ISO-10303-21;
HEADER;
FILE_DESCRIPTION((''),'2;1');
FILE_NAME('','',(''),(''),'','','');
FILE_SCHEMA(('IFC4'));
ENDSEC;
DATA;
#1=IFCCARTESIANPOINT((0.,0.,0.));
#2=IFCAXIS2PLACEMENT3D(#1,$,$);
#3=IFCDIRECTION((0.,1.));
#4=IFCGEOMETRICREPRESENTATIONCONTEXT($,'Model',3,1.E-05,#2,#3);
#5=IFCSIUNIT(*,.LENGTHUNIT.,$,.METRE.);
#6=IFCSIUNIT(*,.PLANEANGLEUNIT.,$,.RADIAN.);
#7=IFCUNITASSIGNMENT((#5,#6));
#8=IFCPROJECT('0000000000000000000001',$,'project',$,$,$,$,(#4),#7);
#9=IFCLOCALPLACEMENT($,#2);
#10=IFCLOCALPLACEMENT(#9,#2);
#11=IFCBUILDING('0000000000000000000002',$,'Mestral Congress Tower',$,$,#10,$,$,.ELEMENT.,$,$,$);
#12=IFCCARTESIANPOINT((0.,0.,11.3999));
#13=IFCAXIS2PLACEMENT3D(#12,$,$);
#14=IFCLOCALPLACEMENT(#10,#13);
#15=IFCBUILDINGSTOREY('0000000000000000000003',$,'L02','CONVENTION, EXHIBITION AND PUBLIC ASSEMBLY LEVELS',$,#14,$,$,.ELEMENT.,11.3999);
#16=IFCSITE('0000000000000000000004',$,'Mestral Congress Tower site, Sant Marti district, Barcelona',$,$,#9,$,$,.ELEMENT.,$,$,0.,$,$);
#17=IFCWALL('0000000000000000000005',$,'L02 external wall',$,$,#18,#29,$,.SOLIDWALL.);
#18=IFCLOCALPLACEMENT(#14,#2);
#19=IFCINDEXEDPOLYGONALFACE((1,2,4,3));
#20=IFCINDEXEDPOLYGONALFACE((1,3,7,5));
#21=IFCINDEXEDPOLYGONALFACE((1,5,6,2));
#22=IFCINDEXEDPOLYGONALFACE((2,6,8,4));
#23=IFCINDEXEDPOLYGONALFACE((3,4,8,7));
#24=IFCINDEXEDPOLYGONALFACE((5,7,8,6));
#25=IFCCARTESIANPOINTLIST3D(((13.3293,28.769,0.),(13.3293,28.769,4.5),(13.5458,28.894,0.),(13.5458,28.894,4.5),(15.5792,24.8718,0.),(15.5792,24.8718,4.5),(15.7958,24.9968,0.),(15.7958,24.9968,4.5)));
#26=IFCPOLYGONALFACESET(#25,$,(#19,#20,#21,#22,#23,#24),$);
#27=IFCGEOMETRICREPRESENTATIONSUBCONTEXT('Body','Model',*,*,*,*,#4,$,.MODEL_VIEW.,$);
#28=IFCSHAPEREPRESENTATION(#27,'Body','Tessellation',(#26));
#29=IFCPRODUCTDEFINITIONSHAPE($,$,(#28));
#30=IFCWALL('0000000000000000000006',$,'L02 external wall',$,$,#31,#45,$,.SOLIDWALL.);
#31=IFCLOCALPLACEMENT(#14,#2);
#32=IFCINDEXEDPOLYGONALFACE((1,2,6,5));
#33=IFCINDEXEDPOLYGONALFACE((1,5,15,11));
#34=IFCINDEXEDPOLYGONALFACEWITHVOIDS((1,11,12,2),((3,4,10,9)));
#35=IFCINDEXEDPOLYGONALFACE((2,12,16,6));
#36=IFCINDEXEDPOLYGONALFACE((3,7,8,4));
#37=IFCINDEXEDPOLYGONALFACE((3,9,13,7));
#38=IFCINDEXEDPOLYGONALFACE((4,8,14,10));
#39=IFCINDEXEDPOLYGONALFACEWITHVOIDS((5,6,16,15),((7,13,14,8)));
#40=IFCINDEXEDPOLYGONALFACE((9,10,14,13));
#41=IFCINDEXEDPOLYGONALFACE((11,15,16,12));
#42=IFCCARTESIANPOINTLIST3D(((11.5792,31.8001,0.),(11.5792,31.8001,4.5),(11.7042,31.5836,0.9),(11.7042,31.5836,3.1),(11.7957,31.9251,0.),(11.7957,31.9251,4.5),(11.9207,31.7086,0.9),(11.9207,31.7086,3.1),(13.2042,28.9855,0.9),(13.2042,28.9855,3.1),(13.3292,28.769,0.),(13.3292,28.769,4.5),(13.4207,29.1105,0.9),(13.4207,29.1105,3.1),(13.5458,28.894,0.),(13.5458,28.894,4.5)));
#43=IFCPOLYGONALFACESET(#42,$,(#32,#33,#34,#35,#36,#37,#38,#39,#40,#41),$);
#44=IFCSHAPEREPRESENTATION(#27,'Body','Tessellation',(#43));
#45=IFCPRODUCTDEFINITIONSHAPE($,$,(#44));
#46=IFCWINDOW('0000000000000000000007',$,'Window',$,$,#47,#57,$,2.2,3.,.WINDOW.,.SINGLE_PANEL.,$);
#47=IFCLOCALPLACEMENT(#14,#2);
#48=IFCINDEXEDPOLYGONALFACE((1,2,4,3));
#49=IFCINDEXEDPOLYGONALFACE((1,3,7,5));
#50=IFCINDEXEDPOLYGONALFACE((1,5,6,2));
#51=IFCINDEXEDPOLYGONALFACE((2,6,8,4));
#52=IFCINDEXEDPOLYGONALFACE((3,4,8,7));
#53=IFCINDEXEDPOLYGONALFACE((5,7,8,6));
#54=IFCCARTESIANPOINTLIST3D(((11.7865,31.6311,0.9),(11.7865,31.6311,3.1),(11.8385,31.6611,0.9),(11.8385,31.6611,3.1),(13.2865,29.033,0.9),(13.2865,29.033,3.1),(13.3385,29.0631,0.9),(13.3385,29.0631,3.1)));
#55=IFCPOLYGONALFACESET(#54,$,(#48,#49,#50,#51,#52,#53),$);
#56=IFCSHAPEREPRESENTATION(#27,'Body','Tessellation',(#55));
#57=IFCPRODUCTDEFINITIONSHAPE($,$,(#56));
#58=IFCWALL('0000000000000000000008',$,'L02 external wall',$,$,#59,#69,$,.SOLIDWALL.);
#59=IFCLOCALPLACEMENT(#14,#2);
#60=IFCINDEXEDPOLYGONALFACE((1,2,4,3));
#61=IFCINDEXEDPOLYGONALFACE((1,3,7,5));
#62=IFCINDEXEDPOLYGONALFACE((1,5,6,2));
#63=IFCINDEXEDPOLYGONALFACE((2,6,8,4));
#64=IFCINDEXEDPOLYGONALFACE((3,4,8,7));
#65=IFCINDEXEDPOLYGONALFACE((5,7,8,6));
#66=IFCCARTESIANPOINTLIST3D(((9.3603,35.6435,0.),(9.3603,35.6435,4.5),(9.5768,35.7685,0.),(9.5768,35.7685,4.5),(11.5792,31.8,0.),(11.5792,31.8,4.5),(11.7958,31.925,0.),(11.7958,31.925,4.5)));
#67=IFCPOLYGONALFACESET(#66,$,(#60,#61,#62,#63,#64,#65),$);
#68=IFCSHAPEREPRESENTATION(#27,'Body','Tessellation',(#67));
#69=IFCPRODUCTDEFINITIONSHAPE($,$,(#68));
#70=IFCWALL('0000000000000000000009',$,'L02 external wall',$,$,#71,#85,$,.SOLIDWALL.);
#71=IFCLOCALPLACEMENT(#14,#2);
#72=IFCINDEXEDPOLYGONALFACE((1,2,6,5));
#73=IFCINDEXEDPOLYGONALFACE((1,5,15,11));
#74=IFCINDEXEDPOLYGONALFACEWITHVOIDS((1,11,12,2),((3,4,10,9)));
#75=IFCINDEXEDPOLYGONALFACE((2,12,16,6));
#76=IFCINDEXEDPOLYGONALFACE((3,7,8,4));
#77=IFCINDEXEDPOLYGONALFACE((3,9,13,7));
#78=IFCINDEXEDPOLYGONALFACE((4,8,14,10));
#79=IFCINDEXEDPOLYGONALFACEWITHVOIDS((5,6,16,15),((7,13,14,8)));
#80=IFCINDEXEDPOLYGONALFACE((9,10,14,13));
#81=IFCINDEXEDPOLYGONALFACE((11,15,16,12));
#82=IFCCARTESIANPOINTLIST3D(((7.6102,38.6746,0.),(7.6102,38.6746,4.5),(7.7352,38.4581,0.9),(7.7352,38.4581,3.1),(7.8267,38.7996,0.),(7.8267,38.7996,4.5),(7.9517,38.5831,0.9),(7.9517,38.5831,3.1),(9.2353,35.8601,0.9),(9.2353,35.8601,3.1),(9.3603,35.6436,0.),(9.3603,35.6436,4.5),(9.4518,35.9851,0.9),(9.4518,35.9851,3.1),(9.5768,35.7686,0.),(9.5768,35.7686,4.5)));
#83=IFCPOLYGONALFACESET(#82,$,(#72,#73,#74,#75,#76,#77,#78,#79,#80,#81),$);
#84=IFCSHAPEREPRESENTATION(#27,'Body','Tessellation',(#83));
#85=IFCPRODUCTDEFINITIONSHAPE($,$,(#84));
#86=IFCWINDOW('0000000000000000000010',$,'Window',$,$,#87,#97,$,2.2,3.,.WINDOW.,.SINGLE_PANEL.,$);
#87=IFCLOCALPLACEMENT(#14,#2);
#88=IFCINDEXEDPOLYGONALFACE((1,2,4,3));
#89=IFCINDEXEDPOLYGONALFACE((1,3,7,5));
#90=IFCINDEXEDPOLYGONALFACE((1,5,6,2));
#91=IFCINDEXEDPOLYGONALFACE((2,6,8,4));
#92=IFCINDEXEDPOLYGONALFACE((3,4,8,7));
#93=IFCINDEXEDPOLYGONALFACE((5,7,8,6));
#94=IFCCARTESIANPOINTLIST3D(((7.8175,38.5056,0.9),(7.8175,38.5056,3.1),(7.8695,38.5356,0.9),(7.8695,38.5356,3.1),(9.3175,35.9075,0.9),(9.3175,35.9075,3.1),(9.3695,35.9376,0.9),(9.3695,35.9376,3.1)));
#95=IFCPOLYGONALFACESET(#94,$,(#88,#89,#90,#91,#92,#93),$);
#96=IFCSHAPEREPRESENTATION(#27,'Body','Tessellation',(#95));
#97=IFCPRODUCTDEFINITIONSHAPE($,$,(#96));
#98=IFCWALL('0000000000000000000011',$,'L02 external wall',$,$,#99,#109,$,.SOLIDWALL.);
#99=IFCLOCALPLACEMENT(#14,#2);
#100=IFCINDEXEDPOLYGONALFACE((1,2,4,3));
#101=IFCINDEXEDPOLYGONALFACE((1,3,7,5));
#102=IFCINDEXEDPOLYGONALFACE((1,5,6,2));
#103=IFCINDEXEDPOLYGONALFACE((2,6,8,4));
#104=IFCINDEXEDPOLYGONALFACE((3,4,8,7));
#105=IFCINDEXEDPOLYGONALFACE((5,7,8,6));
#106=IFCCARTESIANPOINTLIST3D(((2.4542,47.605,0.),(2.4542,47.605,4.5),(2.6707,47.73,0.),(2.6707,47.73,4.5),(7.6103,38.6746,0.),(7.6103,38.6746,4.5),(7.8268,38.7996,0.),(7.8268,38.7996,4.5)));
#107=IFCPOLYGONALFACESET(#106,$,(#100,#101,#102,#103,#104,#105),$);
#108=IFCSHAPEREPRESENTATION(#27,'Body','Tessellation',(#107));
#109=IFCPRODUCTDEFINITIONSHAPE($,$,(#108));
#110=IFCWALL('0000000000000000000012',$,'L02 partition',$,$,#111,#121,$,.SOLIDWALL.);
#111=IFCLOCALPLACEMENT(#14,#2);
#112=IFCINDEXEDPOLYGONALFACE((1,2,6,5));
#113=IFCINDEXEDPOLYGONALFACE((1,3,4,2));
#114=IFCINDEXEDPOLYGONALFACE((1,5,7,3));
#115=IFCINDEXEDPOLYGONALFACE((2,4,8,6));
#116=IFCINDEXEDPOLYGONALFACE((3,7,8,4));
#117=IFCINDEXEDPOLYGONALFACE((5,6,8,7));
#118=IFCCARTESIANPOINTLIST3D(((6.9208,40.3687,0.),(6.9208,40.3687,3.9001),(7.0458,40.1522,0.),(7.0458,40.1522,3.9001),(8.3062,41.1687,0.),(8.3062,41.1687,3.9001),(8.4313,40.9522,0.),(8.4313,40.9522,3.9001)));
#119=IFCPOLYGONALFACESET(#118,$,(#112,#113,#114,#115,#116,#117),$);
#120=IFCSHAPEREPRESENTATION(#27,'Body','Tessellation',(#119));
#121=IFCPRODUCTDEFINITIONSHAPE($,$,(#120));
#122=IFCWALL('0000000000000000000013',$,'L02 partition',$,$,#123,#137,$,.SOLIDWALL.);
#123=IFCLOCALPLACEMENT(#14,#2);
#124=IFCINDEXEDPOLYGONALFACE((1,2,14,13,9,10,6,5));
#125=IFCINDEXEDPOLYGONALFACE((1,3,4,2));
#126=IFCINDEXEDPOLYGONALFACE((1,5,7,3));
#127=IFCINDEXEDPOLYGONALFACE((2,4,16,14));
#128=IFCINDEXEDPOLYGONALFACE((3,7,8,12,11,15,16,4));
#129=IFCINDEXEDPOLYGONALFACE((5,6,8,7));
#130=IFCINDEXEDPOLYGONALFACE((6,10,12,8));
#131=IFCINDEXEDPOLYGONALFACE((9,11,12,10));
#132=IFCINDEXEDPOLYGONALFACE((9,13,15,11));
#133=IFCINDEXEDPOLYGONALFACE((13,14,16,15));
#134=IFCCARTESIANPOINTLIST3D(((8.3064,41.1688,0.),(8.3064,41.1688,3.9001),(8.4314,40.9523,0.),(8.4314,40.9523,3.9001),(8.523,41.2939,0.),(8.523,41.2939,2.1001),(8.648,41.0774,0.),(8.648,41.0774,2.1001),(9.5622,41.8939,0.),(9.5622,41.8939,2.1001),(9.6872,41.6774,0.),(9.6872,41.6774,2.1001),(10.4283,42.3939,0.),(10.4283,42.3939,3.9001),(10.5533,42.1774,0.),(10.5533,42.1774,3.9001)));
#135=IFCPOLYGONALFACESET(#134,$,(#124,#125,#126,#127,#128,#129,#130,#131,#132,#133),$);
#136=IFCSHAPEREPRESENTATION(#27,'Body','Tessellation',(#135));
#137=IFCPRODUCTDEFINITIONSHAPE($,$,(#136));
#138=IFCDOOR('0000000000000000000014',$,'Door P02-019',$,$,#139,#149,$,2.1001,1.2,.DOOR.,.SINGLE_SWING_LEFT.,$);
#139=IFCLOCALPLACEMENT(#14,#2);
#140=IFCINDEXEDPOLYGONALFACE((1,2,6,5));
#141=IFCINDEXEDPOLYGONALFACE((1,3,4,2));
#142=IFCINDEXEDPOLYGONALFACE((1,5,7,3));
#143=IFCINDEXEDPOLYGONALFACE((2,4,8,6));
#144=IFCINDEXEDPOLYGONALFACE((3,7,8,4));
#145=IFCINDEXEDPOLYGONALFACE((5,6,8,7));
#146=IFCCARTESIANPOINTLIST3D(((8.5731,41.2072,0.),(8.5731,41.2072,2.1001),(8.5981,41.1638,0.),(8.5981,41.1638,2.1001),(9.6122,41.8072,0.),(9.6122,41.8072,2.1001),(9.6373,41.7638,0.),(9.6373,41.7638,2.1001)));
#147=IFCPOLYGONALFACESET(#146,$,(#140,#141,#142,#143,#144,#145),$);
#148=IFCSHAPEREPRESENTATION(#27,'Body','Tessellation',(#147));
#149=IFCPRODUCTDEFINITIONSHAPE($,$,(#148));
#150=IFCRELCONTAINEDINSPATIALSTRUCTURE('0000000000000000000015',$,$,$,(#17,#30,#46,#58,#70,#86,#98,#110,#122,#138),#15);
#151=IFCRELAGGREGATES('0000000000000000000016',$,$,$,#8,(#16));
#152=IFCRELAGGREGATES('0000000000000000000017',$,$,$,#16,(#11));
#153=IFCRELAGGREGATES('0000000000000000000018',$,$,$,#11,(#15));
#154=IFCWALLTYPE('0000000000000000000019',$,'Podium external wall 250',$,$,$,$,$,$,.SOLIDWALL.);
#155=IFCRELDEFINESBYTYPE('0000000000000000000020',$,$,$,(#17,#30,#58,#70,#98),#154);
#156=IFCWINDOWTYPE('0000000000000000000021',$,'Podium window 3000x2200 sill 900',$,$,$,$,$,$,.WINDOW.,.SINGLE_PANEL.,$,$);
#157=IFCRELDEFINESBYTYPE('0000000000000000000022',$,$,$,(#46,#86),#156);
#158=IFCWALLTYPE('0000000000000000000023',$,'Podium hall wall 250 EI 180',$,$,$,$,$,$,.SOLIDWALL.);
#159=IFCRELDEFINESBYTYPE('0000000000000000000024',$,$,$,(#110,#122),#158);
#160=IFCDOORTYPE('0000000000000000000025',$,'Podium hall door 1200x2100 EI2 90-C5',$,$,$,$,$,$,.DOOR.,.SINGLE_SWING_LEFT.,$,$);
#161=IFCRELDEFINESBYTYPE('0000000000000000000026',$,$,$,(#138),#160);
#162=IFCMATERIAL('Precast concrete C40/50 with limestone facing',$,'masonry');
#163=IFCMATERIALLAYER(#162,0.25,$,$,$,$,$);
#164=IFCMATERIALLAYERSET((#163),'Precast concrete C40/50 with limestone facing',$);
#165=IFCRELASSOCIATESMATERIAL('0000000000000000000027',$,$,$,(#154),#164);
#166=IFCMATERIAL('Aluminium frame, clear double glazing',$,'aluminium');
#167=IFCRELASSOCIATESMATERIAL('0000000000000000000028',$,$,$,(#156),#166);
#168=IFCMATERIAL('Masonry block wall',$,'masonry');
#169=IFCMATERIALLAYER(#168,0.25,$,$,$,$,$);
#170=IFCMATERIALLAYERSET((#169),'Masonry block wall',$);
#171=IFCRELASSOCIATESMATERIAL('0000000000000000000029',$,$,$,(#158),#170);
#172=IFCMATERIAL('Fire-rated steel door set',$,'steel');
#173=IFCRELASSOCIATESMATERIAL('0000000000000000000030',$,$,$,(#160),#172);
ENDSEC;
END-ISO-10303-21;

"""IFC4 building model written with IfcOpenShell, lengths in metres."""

from ifc_helpers import new_model, si_unit, direction, frame, frame_2d, origin, place, context, subcontext, project, spatial, rectangle, extrude, material, layer, layer_set, type_object, element, fill, save


model = new_model("IFC4")

# Units and contexts
model_context = context("Model", 3, precision=1e-05, world=origin(), true_north=direction((0.0, 1.0)))
body_context = subcontext(model_context, "Body", "Model", "MODEL_VIEW")
ifc_project = project(units=[si_unit("LENGTHUNIT", "METRE"), si_unit("PLANEANGLEUNIT", "RADIAN")], contexts=[model_context])

# Site, building, storey
site_placement = place(None, origin())
site = spatial("IfcSite", under=ifc_project, at=site_placement, Name="Mestral Congress Tower site, Sant Marti district, Barcelona", CompositionType="ELEMENT", RefElevation=0.0)
building_placement = place(site_placement, origin())
building = spatial("IfcBuilding", under=site, at=building_placement, Name="Mestral Congress Tower", CompositionType="ELEMENT")
storey_placement = place(building_placement, frame((0.0, 0.0, 11.3999)))
storey = spatial("IfcBuildingStorey", under=building, at=storey_placement, Name="L02", Description="CONVENTION, EXHIBITION AND PUBLIC ASSEMBLY LEVELS", CompositionType="ELEMENT", Elevation=11.3999)

# Shared definitions
ifc_material_1 = material(Name="Precast concrete C40/50 with limestone facing", Category="masonry")
ifc_layer_1 = layer(ifc_material_1, 0.25)
ifc_layer_set_1 = layer_set([ifc_layer_1], Name="Precast concrete C40/50 with limestone facing")
wall_type_1 = type_object("IfcWallType", Name="Podium external wall 250", PredefinedType="SOLIDWALL", material=ifc_layer_set_1)

# Shared definitions
ifc_material_2 = material(Name="Aluminium frame, clear double glazing", Category="aluminium")
window_type = type_object("IfcWindowType", Name="Podium window 3000x2200 sill 900", PartitioningType="SINGLE_PANEL", PredefinedType="WINDOW", material=ifc_material_2)

# Wall
wall_1_placement = place(storey_placement, frame((15.6875, 24.9343, 0.0), z_axis=(0.0, 0.0, 1.0), x_axis=(-0.49999, 0.866031, 0.0)))
element("IfcWall", 1, at=wall_1_placement, inside=storey, type_object=wall_type_1, Name="L02 external wall", PredefinedType="SOLIDWALL", context=body_context, shape_type="SweptSolid", body=[
    extrude(rectangle(XDim=4.5, YDim=0.25, at=frame_2d((2.25, 0.0))), origin(), (0.0, 0.0, 1.0), 4.5),
])

# Wall, opening, window
wall_2_placement = place(storey_placement, frame((13.4375, 28.8315, 0.0), z_axis=(0.0, 0.0, 1.0), x_axis=(-0.50001, 0.866019, 0.0)))
wall_2 = element("IfcWall", 2, at=wall_2_placement, inside=storey, type_object=wall_type_1, Name="L02 external wall", PredefinedType="SOLIDWALL", context=body_context, shape_type="SweptSolid", body=[
    extrude(rectangle(XDim=3.5, YDim=0.25, at=frame_2d((1.75, 0.0))), origin(), (0.0, 0.0, 1.0), 4.5),
])
opening_1_placement = place(wall_2_placement, frame((0.25, 0.0, 0.8999)))
opening_1 = element("IfcOpeningElement", 3, at=opening_1_placement, cuts=wall_2, PredefinedType="OPENING", context=body_context, shape_type="SweptSolid", body=[
    extrude(rectangle(XDim=3.0, YDim=2.2, at=frame_2d((1.5, 1.1001))), frame((0.0, 0.135, 0.0), z_axis=(0.0, -1.0, 0.0), x_axis=(1.0, 0.0, 0.0)), (0.0, 0.0, 1.0), 0.27),
])
window_1_placement = place(opening_1_placement, origin())
window_1 = element("IfcWindow", 4, at=window_1_placement, inside=storey, type_object=window_type, Name="Window", OverallHeight=2.2, OverallWidth=3.0, PartitioningType="SINGLE_PANEL", PredefinedType="WINDOW", context=body_context, shape_type="SweptSolid", body=[
    extrude(rectangle(XDim=3.0, YDim=2.2, at=frame_2d((1.5, 1.1001))), frame((0.0, 0.03, 0.0), z_axis=(0.0, -1.0, 0.0), x_axis=(1.0, 0.0, 0.0)), (0.0, 0.0, 1.0), 0.0601),
])
fill(opening_1, window_1)

# Wall
wall_3_placement = place(storey_placement, frame((11.6875, 31.8625, 0.0), z_axis=(0.0, 0.0, 1.0), x_axis=(-0.499991, 0.866031, 0.0)))
element("IfcWall", 5, at=wall_3_placement, inside=storey, type_object=wall_type_1, Name="L02 external wall", PredefinedType="SOLIDWALL", context=body_context, shape_type="SweptSolid", body=[
    extrude(rectangle(XDim=4.438, YDim=0.25, at=frame_2d((2.219, 0.0))), origin(), (0.0, 0.0, 1.0), 4.5),
])

# Wall, opening, window
wall_4_placement = place(storey_placement, frame((9.4685, 35.7061, 0.0), z_axis=(0.0, 0.0, 1.0), x_axis=(-0.50001, 0.866019, 0.0)))
wall_4 = element("IfcWall", 6, at=wall_4_placement, inside=storey, type_object=wall_type_1, Name="L02 external wall", PredefinedType="SOLIDWALL", context=body_context, shape_type="SweptSolid", body=[
    extrude(rectangle(XDim=3.5, YDim=0.25, at=frame_2d((1.75, 0.0))), origin(), (0.0, 0.0, 1.0), 4.5),
])
opening_2_placement = place(wall_4_placement, frame((0.25, 0.0, 0.8999)))
opening_2 = element("IfcOpeningElement", 7, at=opening_2_placement, cuts=wall_4, PredefinedType="OPENING", context=body_context, shape_type="SweptSolid", body=[
    extrude(rectangle(XDim=3.0, YDim=2.2, at=frame_2d((1.5, 1.1001))), frame((0.0, 0.135, 0.0), z_axis=(0.0, -1.0, 0.0), x_axis=(1.0, 0.0, 0.0)), (0.0, 0.0, 1.0), 0.27),
])
window_2_placement = place(opening_2_placement, origin())
window_2 = element("IfcWindow", 8, at=window_2_placement, inside=storey, type_object=window_type, Name="Window", OverallHeight=2.2, OverallWidth=3.0, PartitioningType="SINGLE_PANEL", PredefinedType="WINDOW", context=body_context, shape_type="SweptSolid", body=[
    extrude(rectangle(XDim=3.0, YDim=2.2, at=frame_2d((1.5, 1.1001))), frame((0.0, 0.03, 0.0), z_axis=(0.0, -1.0, 0.0), x_axis=(1.0, 0.0, 0.0)), (0.0, 0.0, 1.0), 0.0601),
])
fill(opening_2, window_2)

# Walls
wall_5_placement = place(storey_placement, frame((7.7185, 38.7371, 0.0), z_axis=(0.0, 0.0, 1.0), x_axis=(-0.500002, 0.866024, 0.0)))
element("IfcWall", 9, at=wall_5_placement, inside=storey, type_object=wall_type_1, Name="L02 external wall", PredefinedType="SOLIDWALL", context=body_context, shape_type="SweptSolid", body=[
    extrude(rectangle(XDim=10.312, YDim=0.25, at=frame_2d((5.156, 0.0))), origin(), (0.0, 0.0, 1.0), 4.5),
])
ifc_material_3 = material(Name="Masonry block wall", Category="masonry")
ifc_layer_2 = layer(ifc_material_3, 0.25)
ifc_layer_set_2 = layer_set([ifc_layer_2], Name="Masonry block wall")
wall_type_2 = type_object("IfcWallType", Name="Podium hall wall 250 EI 180", PredefinedType="SOLIDWALL", material=ifc_layer_set_2)
wall_6_placement = place(storey_placement, frame((6.9834, 40.2605, 0.0), z_axis=(0.0, 0.0, 1.0), x_axis=(0.86599, 0.500061, 0.0)))
element("IfcWall", 10, at=wall_6_placement, inside=storey, type_object=wall_type_2, Name="L02 partition", PredefinedType="SOLIDWALL", context=body_context, shape_type="SweptSolid", body=[
    extrude(rectangle(XDim=1.5999, YDim=0.25, at=frame_2d((0.7998, 0.0))), origin(), (0.0, 0.0, 1.0), 3.9001),
])

# Wall, opening, door
wall_7_placement = place(storey_placement, frame((8.3689, 41.0605, 0.0), z_axis=(0.0, 0.0, 1.0), x_axis=(0.866015, 0.500019, 0.0)))
wall_7 = element("IfcWall", 11, at=wall_7_placement, inside=storey, type_object=wall_type_2, Name="L02 partition", PredefinedType="SOLIDWALL", context=body_context, shape_type="SweptSolid", body=[
    extrude(rectangle(XDim=2.4502, YDim=0.25, at=frame_2d((1.2251, 0.0))), origin(), (0.0, 0.0, 1.0), 3.9001),
])
opening_3_placement = place(wall_7_placement, frame((0.25, 0.0, 0.0)))
opening_3 = element("IfcOpeningElement", 12, at=opening_3_placement, cuts=wall_7, PredefinedType="OPENING", context=body_context, shape_type="SweptSolid", body=[
    extrude(rectangle(XDim=1.2, YDim=2.1001, at=frame_2d((0.6001, 1.05))), frame((0.0, 0.135, 0.0), z_axis=(0.0, -1.0, 0.0), x_axis=(1.0, 0.0, 0.0)), (0.0, 0.0, 1.0), 0.27),
])
ifc_material_4 = material(Name="Fire-rated steel door set", Category="steel")
door_type = type_object("IfcDoorType", Name="Podium hall door 1200x2100 EI2 90-C5", OperationType="SINGLE_SWING_LEFT", PredefinedType="DOOR", material=ifc_material_4)
door_placement = place(opening_3_placement, origin())
door = element("IfcDoor", 13, at=door_placement, inside=storey, type_object=door_type, Name="Door P02-019", OperationType="SINGLE_SWING_LEFT", OverallHeight=2.1001, OverallWidth=1.2, PredefinedType="DOOR", context=body_context, shape_type="SweptSolid", body=[
    extrude(rectangle(XDim=1.2, YDim=2.1001, at=frame_2d((0.6001, 1.05))), frame((0.0, 0.0249, 0.0), z_axis=(0.0, -1.0, 0.0), x_axis=(1.0, 0.0, 0.0)), (0.0, 0.0, 1.0), 0.05),
])
fill(opening_3, door)

save(model, "model.ifc")
